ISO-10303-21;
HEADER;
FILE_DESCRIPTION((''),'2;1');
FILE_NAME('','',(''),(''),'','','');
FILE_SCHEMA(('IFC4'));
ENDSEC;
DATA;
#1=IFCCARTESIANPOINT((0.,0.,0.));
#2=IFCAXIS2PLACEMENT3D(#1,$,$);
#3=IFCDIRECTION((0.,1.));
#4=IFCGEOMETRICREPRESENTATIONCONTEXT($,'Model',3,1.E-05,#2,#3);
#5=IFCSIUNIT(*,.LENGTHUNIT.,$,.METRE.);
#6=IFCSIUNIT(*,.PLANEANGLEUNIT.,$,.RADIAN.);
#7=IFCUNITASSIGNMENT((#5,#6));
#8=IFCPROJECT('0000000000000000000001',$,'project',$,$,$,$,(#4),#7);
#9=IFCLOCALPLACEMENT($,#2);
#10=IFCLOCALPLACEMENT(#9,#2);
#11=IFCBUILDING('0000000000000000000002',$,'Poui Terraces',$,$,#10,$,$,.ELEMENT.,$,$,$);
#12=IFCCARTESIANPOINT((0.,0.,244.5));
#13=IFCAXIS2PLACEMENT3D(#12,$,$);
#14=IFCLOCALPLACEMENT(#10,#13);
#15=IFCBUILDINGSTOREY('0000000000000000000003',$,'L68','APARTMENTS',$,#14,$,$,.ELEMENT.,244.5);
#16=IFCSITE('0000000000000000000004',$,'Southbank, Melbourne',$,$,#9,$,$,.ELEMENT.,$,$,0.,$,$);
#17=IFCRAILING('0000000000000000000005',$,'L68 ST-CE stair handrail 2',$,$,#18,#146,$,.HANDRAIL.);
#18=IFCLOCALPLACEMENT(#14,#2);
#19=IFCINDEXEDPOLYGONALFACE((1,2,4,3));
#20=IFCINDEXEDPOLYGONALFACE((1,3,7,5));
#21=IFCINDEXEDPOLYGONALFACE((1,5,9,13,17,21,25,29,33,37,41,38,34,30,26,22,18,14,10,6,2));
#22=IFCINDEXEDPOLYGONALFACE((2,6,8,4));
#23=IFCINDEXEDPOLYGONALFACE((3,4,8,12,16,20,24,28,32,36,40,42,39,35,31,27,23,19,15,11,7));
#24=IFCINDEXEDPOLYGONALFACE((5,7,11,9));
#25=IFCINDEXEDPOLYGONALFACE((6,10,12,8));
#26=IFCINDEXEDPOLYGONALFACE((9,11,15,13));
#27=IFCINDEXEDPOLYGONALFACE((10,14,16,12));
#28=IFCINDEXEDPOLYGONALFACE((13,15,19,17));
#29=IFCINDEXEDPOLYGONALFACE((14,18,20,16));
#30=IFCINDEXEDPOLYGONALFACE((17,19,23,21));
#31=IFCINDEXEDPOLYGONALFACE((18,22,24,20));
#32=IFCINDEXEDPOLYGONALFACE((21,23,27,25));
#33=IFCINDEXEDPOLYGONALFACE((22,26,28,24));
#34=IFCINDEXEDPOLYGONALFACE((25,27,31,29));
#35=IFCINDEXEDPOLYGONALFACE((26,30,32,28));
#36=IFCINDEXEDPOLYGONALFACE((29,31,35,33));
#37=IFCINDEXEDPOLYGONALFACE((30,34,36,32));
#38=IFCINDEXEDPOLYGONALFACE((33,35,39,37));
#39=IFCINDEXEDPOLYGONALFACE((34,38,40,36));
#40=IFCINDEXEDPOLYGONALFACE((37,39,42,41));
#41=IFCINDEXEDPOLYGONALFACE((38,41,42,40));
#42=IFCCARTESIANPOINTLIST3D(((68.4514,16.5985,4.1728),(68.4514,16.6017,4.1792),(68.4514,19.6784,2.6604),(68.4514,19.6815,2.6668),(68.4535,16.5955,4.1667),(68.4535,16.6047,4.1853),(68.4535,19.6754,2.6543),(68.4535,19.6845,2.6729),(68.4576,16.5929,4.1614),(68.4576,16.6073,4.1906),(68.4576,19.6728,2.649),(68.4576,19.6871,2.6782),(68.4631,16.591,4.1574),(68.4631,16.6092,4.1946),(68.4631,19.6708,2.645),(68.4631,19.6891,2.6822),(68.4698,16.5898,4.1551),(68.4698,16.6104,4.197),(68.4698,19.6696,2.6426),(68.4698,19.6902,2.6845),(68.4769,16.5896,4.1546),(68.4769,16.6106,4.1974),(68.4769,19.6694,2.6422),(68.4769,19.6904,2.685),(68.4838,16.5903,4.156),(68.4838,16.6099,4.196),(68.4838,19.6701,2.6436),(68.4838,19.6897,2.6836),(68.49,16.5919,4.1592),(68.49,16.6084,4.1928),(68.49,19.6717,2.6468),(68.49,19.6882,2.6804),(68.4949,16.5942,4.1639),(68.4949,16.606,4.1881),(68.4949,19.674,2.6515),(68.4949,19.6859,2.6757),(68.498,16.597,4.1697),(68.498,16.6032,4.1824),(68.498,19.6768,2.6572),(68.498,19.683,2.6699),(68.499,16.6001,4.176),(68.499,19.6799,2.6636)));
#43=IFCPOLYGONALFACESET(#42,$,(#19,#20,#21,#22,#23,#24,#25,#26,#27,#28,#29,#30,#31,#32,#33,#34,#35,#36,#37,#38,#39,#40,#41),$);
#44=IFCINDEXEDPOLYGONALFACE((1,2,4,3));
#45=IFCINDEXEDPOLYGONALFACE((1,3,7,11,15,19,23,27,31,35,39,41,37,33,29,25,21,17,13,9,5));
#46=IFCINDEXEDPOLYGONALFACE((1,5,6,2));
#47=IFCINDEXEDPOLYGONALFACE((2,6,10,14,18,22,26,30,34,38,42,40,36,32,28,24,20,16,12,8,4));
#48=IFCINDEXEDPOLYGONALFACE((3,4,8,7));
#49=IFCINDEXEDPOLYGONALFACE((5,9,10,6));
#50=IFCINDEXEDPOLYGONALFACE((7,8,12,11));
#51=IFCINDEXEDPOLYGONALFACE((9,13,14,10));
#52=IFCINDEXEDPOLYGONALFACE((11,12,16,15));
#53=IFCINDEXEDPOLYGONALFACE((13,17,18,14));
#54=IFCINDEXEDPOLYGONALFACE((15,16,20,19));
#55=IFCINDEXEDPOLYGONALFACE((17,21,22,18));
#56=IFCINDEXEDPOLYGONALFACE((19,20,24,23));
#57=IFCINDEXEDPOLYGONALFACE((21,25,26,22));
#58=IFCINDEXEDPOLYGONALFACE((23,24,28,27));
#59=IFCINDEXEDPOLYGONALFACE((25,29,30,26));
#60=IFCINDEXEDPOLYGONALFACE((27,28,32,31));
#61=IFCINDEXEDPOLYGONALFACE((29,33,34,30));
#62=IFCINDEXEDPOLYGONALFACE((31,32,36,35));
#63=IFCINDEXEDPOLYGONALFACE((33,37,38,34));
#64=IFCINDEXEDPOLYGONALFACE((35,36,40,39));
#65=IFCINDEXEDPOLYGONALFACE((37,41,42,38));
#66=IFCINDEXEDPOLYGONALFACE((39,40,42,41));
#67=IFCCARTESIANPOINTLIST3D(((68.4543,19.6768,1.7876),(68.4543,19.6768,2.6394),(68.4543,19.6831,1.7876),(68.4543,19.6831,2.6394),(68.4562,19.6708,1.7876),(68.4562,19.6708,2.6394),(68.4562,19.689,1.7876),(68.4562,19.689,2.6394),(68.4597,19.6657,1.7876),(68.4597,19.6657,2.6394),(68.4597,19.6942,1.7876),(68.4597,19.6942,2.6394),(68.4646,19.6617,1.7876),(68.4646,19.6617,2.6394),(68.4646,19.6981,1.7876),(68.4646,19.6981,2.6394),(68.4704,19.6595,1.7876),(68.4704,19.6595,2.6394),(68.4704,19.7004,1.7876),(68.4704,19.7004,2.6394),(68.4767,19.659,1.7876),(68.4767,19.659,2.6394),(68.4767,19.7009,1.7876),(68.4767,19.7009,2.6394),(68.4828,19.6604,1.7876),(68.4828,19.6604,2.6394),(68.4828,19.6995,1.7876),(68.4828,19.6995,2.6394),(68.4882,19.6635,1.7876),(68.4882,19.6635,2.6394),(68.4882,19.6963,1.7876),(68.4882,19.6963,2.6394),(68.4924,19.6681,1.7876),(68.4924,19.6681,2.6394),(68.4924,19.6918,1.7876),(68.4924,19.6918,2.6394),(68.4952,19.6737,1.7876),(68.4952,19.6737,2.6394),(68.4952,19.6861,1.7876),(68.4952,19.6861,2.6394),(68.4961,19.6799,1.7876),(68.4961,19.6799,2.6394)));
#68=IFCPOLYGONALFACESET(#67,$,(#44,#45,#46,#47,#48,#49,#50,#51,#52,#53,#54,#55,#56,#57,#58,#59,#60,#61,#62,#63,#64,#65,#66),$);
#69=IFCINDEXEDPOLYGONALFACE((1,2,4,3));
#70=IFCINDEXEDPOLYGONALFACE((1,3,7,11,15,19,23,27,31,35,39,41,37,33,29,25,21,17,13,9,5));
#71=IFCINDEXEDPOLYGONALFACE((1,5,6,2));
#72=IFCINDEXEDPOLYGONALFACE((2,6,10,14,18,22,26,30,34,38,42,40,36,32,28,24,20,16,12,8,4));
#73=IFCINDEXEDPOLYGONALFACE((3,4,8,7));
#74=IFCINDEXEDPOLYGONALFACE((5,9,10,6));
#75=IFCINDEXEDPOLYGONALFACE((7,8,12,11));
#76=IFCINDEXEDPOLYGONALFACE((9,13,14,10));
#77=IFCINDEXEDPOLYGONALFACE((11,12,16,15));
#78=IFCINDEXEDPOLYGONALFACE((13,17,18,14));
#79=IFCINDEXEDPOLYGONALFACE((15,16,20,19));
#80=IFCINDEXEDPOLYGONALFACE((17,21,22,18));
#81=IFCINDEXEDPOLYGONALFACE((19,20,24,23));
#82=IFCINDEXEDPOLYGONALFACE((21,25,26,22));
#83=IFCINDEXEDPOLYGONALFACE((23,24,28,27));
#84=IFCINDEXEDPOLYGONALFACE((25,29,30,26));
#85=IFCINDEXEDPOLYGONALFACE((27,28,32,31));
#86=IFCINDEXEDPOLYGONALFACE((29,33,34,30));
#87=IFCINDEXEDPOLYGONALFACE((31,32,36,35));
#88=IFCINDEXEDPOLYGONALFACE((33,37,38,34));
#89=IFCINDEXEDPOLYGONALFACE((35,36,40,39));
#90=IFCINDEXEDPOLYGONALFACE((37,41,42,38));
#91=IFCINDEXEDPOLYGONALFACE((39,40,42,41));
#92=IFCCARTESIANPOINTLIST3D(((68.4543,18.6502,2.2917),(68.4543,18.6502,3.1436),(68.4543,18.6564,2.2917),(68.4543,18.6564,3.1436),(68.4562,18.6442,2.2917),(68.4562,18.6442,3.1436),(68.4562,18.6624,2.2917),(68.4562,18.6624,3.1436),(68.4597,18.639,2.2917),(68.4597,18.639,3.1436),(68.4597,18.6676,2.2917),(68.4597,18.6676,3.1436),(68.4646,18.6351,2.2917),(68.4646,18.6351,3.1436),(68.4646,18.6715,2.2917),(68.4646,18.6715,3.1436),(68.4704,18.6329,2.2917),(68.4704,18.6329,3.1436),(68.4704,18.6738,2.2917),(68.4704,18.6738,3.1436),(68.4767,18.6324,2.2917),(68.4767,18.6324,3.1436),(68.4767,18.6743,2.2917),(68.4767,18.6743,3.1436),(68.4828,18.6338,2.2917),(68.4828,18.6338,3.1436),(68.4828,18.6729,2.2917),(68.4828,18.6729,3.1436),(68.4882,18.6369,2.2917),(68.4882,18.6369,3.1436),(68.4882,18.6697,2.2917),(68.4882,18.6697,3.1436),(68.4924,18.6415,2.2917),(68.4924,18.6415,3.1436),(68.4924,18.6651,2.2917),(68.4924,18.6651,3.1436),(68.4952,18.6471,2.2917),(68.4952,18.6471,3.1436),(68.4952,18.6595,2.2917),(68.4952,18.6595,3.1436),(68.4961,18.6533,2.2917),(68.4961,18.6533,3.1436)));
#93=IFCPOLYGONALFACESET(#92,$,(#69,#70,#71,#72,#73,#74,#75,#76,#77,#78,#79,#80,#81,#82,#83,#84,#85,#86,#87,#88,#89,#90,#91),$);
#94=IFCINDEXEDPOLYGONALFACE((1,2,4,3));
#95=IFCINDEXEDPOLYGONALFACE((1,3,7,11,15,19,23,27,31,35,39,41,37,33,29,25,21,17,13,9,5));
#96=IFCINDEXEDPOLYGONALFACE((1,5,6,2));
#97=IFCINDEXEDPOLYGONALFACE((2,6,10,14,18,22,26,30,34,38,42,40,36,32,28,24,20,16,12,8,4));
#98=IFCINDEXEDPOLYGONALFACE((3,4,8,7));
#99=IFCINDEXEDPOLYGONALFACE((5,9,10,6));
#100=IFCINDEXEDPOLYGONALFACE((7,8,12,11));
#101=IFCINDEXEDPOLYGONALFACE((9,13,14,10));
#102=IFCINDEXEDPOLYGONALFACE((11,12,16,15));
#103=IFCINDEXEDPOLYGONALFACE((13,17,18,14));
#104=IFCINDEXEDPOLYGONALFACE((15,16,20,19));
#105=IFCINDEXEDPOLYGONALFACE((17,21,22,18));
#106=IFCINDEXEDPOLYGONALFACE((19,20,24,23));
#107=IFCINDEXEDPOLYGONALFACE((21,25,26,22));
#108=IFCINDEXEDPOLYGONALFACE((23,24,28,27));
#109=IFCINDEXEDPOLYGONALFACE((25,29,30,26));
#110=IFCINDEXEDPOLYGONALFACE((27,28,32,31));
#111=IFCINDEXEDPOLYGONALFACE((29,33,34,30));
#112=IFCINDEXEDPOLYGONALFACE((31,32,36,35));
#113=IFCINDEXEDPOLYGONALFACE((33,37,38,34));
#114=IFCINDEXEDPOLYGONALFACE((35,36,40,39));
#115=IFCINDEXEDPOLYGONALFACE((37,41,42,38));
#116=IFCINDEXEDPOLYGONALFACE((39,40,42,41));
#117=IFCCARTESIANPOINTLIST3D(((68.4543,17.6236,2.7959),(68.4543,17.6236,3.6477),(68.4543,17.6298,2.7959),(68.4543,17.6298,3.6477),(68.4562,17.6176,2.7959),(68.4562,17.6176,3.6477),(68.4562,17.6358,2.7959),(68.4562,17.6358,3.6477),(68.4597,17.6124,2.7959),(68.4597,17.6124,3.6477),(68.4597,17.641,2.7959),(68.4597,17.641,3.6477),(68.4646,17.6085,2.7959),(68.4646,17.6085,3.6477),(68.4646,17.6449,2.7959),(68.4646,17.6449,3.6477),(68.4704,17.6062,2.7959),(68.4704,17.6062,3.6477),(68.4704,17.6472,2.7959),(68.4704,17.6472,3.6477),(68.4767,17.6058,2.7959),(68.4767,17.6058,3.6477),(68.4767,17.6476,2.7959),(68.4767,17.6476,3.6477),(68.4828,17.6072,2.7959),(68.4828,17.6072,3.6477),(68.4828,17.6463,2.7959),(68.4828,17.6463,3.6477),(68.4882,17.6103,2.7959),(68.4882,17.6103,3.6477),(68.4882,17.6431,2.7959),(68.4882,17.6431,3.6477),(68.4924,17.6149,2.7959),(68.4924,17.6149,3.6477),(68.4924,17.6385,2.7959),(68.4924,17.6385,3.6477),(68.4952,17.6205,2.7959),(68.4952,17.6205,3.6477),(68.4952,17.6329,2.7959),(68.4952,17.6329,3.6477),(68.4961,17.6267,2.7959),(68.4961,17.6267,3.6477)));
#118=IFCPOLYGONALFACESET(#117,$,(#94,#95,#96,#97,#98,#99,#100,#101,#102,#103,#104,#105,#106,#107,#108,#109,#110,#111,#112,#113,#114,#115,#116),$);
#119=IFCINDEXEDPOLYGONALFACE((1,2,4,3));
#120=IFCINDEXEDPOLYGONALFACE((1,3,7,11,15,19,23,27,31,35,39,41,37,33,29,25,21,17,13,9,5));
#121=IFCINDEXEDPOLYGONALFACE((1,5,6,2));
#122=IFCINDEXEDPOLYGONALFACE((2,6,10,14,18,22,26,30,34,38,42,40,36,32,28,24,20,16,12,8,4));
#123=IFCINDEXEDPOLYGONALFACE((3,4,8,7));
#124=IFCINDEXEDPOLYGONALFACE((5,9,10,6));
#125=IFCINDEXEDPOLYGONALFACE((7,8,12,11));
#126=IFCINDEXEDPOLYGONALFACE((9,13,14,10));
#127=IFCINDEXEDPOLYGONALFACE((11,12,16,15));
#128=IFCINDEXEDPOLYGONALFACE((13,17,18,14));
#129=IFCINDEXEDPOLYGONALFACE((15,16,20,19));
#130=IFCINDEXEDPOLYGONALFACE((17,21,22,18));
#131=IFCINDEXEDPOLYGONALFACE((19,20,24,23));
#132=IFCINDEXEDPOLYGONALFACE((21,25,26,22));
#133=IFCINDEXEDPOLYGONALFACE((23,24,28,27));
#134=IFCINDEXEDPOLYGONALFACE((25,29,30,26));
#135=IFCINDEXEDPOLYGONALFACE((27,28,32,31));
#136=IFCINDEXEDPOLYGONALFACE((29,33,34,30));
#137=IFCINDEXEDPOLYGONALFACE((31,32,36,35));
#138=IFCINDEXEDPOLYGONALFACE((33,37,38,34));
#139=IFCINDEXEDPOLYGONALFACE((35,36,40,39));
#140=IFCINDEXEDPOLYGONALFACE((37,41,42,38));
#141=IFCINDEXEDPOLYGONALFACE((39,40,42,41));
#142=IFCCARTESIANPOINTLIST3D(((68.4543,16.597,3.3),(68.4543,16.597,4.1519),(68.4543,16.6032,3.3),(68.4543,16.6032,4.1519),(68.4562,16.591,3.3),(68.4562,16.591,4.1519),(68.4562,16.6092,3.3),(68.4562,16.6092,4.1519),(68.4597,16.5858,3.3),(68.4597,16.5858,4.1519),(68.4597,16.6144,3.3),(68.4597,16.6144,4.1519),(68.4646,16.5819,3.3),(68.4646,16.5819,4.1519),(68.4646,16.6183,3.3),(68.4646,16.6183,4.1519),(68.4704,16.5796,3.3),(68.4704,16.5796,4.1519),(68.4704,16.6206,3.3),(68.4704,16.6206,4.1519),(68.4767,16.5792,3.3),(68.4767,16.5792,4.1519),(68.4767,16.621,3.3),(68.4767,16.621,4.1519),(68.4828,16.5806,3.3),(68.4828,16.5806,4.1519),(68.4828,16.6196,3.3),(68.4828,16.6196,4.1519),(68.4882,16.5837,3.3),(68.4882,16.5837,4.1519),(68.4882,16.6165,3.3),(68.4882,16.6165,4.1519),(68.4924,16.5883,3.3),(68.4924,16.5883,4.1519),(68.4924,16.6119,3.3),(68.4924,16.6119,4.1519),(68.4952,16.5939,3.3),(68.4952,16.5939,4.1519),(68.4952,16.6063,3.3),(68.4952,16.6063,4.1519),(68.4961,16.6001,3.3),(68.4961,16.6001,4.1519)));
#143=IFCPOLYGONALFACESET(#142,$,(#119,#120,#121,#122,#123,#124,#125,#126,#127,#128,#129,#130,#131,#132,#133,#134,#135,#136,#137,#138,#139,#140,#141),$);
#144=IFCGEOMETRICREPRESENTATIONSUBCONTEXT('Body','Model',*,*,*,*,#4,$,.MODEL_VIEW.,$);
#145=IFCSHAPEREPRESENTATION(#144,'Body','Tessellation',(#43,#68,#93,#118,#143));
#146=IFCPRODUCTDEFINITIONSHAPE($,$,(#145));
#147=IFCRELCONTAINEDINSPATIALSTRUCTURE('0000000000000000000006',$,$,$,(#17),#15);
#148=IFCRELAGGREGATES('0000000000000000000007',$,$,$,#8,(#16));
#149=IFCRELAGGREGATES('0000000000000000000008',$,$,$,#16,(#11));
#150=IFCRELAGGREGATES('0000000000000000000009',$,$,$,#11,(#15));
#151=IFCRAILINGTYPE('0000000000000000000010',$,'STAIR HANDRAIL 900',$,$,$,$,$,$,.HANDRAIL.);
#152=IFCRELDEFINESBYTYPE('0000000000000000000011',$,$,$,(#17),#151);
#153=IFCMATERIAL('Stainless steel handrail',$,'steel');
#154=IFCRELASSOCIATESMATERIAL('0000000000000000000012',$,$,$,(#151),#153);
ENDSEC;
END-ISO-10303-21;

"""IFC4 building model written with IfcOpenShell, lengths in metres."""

from ifc_helpers import new_model, si_unit, direction, frame, origin, origin_2d, place, context, subcontext, project, spatial, circle, extrude, material, type_object, element, save


model = new_model("IFC4")

# Units and contexts
model_context = context("Model", 3, precision=1e-05, world=origin(), true_north=direction((0.0, 1.0)))
body_context = subcontext(model_context, "Body", "Model", "MODEL_VIEW")
ifc_project = project(units=[si_unit("LENGTHUNIT", "METRE"), si_unit("PLANEANGLEUNIT", "RADIAN")], contexts=[model_context])

# Site, building, storey
site_placement = place(None, origin())
site = spatial("IfcSite", under=ifc_project, at=site_placement, Name="Southbank, Melbourne", CompositionType="ELEMENT", RefElevation=0.0)
building_placement = place(site_placement, origin())
building = spatial("IfcBuilding", under=site, at=building_placement, Name="Poui Terraces", CompositionType="ELEMENT")
storey_placement = place(building_placement, frame((0.0, 0.0, 244.5)))
storey = spatial("IfcBuildingStorey", under=building, at=storey_placement, Name="L68", Description="APARTMENTS", CompositionType="ELEMENT", Elevation=244.5)

# Railing
ifc_material_1 = material(Name="Stainless steel handrail", Category="steel")
railing_type_1 = type_object("IfcRailingType", Name="STAIR HANDRAIL 900", PredefinedType="HANDRAIL", material=ifc_material_1)
railing_1_placement = place(storey_placement, frame((68.4751, 19.6799, 1.7876)))
element("IfcRailing", 1, at=railing_1_placement, inside=storey, type_object=railing_type_1, Name="L68 ST-CE stair handrail 2", PredefinedType="HANDRAIL", context=body_context, shape_type="SweptSolid", body=[
    extrude(circle(Radius=0.0239, at=origin_2d()), frame((0.0, 0.0, 0.876), z_axis=(0.0, -0.897606, 0.440798), x_axis=(1.0, 0.0, 0.0)), (0.0, 0.0, 1.0), 3.4312),
    extrude(circle(Radius=0.021, at=origin_2d()), origin(), (0.0, 0.0, 1.0), 0.8518),
    extrude(circle(Radius=0.021, at=origin_2d()), frame((0.0, -1.0266, 0.5042)), (0.0, 0.0, 1.0), 0.8518),
    extrude(circle(Radius=0.021, at=origin_2d()), frame((0.0, -2.0532, 1.0083)), (0.0, 0.0, 1.0), 0.8518),
    extrude(circle(Radius=0.021, at=origin_2d()), frame((0.0, -3.0798, 1.5125)), (0.0, 0.0, 1.0), 0.8518),
])

save(model, "model.ifc")
